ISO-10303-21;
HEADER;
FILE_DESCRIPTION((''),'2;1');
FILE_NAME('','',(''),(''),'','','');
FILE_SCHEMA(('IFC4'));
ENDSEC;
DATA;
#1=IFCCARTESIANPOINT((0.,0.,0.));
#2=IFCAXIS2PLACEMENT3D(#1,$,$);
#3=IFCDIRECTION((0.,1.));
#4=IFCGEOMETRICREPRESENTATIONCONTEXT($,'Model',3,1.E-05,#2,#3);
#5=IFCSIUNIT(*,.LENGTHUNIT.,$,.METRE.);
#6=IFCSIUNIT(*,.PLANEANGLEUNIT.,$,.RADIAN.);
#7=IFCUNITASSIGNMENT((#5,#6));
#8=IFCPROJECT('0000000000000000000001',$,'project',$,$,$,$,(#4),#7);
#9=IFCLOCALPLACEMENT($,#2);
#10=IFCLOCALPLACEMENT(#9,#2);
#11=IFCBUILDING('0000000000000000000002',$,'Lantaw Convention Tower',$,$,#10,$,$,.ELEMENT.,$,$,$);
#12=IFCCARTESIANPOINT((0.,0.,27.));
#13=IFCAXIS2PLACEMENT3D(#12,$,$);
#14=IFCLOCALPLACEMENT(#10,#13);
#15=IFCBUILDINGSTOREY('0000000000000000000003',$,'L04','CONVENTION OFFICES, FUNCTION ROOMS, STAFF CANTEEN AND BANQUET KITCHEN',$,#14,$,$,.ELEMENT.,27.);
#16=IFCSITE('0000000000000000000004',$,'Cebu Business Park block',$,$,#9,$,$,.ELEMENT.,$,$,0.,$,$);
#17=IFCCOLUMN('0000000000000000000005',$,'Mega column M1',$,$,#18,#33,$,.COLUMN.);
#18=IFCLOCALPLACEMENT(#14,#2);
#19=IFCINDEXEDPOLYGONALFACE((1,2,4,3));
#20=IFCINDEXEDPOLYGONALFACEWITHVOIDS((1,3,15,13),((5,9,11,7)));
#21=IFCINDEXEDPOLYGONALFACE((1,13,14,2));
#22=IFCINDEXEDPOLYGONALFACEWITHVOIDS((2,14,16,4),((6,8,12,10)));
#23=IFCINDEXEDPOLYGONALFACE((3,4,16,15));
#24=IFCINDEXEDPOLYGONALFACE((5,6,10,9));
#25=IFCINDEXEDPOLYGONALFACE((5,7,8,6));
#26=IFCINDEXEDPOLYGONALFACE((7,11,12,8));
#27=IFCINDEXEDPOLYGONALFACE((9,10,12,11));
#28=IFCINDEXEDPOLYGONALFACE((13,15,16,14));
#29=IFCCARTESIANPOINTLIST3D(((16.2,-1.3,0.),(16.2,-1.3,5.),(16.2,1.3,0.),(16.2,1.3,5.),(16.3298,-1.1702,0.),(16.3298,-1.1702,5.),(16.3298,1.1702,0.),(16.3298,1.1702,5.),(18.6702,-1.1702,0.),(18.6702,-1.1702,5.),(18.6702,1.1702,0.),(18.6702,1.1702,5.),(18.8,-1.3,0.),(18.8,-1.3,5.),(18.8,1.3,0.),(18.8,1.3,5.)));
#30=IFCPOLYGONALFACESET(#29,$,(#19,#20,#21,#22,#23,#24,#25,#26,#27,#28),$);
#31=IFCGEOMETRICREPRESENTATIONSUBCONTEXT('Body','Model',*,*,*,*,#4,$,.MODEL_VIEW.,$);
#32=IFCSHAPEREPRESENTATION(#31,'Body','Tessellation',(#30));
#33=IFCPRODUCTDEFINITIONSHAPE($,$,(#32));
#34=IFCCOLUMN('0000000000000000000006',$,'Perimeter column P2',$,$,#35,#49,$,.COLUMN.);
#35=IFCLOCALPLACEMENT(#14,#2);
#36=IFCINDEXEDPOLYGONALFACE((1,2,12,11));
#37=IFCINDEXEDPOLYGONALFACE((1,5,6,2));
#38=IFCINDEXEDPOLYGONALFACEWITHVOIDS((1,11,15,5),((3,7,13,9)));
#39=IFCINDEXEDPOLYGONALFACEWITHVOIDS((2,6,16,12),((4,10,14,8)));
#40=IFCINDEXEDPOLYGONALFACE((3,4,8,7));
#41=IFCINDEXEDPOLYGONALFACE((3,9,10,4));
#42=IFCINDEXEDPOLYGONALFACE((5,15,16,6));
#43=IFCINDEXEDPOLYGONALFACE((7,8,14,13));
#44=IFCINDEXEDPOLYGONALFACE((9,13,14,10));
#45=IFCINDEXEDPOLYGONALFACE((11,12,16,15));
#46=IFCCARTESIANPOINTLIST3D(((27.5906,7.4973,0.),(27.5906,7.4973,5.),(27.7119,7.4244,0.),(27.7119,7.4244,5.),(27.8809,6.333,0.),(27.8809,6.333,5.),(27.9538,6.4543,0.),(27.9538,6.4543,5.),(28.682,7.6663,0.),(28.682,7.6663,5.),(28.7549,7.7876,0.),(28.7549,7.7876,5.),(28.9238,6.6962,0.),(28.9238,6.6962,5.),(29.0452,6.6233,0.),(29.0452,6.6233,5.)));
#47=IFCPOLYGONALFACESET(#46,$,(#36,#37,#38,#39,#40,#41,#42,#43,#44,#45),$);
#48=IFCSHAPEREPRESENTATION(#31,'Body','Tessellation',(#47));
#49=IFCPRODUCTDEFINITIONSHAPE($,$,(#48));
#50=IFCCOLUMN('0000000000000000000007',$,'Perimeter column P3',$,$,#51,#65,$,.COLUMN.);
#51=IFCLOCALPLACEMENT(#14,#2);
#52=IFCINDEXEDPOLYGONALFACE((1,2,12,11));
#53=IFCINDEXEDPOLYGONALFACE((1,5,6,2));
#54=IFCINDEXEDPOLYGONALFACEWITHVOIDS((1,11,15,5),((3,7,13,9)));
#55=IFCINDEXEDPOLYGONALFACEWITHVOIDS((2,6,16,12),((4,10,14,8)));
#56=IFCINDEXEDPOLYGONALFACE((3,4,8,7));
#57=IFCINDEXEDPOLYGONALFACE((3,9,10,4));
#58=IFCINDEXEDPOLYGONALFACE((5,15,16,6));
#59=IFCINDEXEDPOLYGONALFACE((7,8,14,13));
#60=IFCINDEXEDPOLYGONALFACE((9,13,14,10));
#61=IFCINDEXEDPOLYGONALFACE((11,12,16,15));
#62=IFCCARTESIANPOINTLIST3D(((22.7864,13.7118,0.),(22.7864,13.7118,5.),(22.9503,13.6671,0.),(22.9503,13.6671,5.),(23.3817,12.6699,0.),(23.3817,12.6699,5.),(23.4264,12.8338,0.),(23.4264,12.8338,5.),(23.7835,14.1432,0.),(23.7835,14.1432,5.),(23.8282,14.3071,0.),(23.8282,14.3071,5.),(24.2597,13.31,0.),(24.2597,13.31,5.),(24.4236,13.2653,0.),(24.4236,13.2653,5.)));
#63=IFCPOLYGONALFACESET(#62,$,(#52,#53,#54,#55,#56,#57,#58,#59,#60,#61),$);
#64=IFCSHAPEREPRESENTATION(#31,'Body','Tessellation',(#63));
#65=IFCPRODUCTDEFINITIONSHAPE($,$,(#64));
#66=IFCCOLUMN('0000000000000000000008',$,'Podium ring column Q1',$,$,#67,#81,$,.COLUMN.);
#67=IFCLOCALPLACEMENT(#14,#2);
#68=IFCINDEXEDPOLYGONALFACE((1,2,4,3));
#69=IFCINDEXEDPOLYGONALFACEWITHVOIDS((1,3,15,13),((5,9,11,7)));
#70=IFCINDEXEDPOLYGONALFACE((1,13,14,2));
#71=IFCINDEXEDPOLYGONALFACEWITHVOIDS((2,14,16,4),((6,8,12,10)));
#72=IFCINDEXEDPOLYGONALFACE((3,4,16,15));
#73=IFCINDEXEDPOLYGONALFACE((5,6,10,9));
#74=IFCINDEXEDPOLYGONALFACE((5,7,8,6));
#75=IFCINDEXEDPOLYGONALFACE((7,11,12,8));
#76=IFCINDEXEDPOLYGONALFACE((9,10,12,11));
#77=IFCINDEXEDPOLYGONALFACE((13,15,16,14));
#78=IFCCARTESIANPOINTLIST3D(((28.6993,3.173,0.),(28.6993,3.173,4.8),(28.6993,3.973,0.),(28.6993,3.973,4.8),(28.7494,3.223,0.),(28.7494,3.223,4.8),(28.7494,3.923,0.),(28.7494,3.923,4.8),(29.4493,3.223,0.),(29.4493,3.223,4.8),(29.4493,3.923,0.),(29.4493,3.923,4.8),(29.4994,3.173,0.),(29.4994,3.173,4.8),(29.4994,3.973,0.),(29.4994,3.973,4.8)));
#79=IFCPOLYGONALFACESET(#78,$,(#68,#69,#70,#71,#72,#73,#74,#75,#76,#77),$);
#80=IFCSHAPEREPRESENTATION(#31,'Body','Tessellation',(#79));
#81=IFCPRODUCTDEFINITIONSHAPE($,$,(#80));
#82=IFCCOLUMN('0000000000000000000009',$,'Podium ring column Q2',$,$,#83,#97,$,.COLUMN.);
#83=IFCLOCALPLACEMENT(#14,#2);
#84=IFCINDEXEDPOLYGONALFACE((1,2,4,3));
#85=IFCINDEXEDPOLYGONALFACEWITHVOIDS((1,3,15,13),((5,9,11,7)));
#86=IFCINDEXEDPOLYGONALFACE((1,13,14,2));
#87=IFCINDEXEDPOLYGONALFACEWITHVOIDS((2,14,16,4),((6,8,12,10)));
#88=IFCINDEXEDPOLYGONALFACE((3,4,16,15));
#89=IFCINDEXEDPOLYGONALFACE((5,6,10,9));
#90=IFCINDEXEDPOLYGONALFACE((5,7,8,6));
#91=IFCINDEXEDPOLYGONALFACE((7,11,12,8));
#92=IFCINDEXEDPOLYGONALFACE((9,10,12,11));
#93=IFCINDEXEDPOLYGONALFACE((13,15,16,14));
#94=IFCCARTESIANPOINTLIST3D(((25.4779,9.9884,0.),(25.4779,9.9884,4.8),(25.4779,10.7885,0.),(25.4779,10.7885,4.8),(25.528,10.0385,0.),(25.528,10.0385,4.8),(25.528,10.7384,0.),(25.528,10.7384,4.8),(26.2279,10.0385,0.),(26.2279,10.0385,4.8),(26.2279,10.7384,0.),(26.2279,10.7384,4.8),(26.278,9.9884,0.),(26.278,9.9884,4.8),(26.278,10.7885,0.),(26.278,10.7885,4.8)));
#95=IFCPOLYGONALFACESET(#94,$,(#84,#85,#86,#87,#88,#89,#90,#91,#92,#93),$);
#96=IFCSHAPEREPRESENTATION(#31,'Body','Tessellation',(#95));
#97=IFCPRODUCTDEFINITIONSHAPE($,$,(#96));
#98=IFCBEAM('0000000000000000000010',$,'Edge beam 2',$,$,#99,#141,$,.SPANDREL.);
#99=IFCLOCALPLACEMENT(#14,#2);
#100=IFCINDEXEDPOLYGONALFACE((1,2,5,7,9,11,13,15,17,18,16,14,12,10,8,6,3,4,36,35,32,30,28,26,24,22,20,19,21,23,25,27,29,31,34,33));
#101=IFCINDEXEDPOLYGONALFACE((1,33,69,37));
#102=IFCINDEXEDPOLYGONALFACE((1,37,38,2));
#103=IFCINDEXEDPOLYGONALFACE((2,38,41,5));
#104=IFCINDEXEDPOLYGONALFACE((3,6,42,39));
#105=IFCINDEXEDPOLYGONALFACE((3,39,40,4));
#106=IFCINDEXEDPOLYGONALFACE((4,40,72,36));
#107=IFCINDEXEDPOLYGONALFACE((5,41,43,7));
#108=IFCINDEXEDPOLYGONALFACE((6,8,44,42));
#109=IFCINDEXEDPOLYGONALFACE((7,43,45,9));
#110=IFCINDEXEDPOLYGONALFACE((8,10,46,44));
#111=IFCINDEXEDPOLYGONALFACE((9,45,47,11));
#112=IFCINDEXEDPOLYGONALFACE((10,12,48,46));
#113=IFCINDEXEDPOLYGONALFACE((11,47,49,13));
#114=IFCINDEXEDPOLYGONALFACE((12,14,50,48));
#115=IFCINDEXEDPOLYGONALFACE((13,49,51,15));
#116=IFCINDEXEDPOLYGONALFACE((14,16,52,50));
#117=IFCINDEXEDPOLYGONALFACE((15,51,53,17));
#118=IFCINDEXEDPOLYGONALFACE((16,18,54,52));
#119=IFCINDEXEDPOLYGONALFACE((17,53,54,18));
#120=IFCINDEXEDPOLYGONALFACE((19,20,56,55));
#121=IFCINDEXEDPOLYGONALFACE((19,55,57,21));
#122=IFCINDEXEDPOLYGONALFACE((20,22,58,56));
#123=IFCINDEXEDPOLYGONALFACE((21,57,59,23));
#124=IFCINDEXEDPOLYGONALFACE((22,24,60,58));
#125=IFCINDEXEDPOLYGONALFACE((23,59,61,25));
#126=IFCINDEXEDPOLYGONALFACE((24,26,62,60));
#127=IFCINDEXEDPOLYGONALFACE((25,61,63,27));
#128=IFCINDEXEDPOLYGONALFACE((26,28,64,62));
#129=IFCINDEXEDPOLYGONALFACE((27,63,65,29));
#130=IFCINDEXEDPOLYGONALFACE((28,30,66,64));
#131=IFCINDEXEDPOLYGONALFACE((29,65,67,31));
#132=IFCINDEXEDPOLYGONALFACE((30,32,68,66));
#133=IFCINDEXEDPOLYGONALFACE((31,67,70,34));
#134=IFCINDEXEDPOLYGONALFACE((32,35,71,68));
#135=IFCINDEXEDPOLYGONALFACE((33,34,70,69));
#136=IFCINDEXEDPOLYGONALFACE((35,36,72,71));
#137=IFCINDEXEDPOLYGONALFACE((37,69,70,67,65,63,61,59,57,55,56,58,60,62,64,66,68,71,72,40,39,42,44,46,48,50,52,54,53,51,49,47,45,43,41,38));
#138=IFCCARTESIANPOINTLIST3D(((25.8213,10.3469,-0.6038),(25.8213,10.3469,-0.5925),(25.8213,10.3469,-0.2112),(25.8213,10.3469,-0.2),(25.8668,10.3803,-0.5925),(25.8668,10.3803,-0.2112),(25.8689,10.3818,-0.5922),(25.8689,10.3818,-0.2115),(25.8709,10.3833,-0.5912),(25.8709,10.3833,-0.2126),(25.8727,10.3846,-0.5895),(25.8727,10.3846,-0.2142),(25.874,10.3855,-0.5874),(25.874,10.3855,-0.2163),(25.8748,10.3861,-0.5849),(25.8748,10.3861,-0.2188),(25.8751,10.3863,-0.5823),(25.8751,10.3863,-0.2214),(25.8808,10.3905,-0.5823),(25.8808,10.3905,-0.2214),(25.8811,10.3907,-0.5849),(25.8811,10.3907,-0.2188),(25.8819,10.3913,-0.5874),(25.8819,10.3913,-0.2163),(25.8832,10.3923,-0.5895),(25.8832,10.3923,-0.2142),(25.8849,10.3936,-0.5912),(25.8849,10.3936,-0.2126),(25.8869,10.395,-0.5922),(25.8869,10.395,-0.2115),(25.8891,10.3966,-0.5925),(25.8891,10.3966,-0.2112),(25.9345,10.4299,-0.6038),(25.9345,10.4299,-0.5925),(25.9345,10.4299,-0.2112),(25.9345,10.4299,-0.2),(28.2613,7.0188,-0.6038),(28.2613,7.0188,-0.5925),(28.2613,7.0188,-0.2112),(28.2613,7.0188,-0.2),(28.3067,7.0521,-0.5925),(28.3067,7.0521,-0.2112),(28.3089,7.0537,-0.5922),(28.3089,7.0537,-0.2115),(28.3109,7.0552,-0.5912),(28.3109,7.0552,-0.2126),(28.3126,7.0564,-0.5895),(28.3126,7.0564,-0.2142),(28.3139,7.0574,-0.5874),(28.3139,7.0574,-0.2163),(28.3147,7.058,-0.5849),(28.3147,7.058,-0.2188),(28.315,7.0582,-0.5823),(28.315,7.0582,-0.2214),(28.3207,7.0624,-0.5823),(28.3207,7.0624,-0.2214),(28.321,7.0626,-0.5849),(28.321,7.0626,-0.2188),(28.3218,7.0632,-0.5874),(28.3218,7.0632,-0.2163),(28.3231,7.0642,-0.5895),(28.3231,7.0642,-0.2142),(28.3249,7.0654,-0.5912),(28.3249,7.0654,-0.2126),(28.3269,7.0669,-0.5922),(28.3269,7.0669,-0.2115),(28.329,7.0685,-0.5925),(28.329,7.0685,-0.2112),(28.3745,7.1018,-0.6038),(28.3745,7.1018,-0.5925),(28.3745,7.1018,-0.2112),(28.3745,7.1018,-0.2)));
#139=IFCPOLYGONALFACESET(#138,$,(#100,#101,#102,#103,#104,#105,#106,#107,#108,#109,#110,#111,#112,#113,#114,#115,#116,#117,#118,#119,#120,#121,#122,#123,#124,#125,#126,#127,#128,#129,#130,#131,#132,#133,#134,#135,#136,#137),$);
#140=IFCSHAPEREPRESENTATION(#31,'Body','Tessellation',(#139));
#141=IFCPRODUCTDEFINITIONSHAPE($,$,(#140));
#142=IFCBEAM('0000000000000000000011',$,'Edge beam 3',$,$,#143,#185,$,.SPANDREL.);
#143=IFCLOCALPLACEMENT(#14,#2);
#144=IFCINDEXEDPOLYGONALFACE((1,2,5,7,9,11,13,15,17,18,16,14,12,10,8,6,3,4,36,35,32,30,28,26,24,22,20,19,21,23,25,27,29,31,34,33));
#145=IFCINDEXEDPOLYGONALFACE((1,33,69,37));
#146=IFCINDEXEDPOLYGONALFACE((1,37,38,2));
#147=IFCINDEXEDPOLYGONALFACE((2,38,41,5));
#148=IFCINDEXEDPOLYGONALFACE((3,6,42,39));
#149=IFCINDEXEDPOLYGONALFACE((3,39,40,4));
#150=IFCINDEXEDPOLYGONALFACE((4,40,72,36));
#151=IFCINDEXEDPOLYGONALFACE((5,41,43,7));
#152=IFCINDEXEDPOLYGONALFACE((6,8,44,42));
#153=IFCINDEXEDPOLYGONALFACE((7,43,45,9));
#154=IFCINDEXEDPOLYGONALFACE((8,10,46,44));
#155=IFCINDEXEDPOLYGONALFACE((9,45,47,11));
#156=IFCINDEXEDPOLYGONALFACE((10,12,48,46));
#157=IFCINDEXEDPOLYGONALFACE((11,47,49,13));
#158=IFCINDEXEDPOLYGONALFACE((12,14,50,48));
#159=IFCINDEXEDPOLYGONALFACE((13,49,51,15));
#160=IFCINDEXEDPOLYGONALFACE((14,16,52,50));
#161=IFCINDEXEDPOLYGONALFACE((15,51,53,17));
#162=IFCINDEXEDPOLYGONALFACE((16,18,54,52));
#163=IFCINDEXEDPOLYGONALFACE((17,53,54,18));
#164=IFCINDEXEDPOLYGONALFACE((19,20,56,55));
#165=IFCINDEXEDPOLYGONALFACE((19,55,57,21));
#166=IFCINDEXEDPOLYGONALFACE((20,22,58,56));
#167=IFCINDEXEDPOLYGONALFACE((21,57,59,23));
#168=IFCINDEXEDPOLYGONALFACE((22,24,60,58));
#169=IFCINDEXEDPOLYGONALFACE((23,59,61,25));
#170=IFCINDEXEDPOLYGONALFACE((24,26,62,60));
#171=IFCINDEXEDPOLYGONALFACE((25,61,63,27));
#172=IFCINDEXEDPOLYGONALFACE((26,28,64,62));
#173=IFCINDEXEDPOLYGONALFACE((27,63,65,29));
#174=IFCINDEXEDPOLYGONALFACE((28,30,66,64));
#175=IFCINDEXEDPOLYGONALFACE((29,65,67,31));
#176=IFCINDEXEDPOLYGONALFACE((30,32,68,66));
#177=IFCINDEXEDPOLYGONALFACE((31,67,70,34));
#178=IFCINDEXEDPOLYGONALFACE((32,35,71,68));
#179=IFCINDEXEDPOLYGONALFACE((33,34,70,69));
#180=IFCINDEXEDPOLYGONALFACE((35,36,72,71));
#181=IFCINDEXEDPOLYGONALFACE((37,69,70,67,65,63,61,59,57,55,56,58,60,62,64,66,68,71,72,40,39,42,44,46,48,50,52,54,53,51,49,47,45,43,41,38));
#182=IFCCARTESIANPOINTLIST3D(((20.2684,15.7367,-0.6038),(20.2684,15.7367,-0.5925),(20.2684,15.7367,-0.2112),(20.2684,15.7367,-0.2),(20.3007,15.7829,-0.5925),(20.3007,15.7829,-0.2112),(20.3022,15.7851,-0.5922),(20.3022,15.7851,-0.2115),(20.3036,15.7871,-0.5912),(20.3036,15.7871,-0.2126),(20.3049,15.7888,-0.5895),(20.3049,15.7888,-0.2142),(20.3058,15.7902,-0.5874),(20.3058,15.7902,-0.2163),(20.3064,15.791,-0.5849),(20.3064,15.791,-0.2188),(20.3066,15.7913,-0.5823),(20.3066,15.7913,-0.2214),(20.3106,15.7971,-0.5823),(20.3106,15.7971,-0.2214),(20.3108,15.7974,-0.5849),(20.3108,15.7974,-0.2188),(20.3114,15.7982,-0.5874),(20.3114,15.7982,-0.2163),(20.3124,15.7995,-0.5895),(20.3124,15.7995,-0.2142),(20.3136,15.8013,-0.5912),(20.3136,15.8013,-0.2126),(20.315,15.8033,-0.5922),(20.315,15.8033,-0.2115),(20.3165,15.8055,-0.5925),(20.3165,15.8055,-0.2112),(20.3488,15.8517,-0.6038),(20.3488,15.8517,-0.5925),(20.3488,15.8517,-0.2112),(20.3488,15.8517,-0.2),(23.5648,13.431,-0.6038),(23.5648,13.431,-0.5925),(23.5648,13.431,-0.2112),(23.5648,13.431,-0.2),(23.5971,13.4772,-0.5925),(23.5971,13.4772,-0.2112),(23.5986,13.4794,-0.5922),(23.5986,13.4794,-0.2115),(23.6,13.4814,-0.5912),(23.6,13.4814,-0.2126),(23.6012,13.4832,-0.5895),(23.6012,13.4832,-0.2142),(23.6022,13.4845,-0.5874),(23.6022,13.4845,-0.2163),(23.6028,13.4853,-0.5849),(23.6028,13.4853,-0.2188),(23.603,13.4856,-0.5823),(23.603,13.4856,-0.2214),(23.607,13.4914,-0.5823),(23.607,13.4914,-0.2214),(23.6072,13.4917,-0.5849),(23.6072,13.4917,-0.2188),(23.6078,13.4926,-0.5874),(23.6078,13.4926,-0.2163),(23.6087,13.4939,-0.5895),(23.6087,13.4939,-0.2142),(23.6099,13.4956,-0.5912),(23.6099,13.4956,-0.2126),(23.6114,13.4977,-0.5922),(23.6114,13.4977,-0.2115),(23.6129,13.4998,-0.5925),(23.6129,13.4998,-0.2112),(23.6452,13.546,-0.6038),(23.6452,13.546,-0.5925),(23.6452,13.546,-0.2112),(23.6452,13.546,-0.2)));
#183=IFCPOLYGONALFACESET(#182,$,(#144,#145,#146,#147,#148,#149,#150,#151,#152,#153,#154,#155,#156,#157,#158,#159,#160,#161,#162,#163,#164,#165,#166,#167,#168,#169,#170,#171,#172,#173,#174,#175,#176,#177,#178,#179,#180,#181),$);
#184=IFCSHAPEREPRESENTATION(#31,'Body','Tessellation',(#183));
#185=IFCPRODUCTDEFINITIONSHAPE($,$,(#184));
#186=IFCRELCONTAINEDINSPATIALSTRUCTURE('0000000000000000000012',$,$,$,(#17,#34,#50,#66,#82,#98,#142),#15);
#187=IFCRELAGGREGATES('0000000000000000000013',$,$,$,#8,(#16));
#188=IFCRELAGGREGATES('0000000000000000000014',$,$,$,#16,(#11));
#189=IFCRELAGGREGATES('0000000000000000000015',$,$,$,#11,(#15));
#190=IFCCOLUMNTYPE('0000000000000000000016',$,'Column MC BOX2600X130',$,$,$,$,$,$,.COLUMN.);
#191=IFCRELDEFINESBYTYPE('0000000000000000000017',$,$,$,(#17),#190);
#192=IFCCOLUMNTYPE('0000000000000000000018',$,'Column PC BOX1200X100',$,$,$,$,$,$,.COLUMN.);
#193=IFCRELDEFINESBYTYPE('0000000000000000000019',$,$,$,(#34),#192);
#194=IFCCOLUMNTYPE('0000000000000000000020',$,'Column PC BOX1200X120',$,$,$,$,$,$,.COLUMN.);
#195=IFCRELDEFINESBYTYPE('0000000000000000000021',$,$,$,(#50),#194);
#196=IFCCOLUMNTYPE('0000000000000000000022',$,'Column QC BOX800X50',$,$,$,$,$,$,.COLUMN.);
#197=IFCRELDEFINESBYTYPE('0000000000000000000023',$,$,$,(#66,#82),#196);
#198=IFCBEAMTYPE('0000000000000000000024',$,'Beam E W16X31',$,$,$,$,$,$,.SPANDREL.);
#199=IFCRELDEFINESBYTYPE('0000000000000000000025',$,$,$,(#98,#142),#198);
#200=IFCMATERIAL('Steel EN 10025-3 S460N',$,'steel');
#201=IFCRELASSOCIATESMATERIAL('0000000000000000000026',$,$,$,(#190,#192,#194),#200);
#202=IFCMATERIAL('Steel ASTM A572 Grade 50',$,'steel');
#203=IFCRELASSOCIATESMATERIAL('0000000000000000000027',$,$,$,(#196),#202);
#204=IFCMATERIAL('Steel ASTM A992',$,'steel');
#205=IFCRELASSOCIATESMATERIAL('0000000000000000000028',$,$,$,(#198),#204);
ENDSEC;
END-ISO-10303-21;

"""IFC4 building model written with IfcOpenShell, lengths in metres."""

from ifc_helpers import new_model, si_unit, direction, frame, origin, origin_2d, place, context, subcontext, project, spatial, rectangle, hollow_rectangle, i_section, extrude, material, material_profile, profile_set, type_object, element, save


model = new_model("IFC4")

# Units and contexts
model_context = context("Model", 3, precision=1e-05, world=origin(), true_north=direction((0.0, 1.0)))
body_context = subcontext(model_context, "Body", "Model", "MODEL_VIEW")
ifc_project = project(units=[si_unit("LENGTHUNIT", "METRE"), si_unit("PLANEANGLEUNIT", "RADIAN")], contexts=[model_context])

# Site, building, storey
site_placement = place(None, origin())
site = spatial("IfcSite", under=ifc_project, at=site_placement, Name="Cebu Business Park block", CompositionType="ELEMENT", RefElevation=0.0)
building_placement = place(site_placement, origin())
building = spatial("IfcBuilding", under=site, at=building_placement, Name="Lantaw Convention Tower", CompositionType="ELEMENT")
storey_placement = place(building_placement, frame((0.0, 0.0, 27.0)))
storey = spatial("IfcBuildingStorey", under=building, at=storey_placement, Name="L04", Description="CONVENTION OFFICES, FUNCTION ROOMS, STAFF CANTEEN AND BANQUET KITCHEN", CompositionType="ELEMENT", Elevation=27.0)

# Columns
ifc_material_1 = material(Name="Steel EN 10025-3 S460N", Category="steel")
ifc_material_profile_1 = material_profile(ifc_material_1, hollow_rectangle(XDim=2.6001, YDim=2.6001, WallThickness=0.1299, at=origin_2d()), Name="BOX2600X130")
ifc_material_2 = material(Name="Concrete C60/75", Category="concrete")
ifc_material_profile_2 = material_profile(ifc_material_2, rectangle(XDim=2.3401, YDim=2.3401, at=origin_2d()), Name="Concrete fill of BOX2600X130")
ifc_profile_set_1 = profile_set([ifc_material_profile_1, ifc_material_profile_2], Name="Steel EN 10025-3 S460N")
column_type_1 = type_object("IfcColumnType", Name="Column MC BOX2600X130", PredefinedType="COLUMN", material=ifc_profile_set_1)
column_1_placement = place(storey_placement, frame((17.5, 0.0, 0.0), z_axis=(0.0, 0.0, 1.0), x_axis=(1.0, 0.0, 0.0)))
element("IfcColumn", 1, at=column_1_placement, inside=storey, type_object=column_type_1, Name="Mega column M1", PredefinedType="COLUMN", context=body_context, shape_type="SweptSolid", body=[
    extrude(hollow_rectangle(XDim=2.6001, YDim=2.6001, WallThickness=0.1299, at=origin_2d()), origin(), (0.0, 0.0, 1.0), 5.0),
])
ifc_material_profile_3 = material_profile(ifc_material_1, hollow_rectangle(XDim=1.2, YDim=1.2, WallThickness=0.1001, at=origin_2d()), Name="BOX1200X100")
ifc_material_profile_4 = material_profile(ifc_material_2, rectangle(XDim=1.0, YDim=1.0, at=origin_2d()), Name="Concrete fill of BOX1200X100")
ifc_profile_set_2 = profile_set([ifc_material_profile_3, ifc_material_profile_4], Name="Steel EN 10025-3 S460N")
column_type_2 = type_object("IfcColumnType", Name="Column PC BOX1200X100", PredefinedType="COLUMN", material=ifc_profile_set_2)
column_2_placement = place(storey_placement, frame((28.3179, 7.0603, 0.0), z_axis=(0.0, 0.0, 1.0), x_axis=(0.970296, 0.241922, 0.0)))
element("IfcColumn", 2, at=column_2_placement, inside=storey, type_object=column_type_2, Name="Perimeter column P2", PredefinedType="COLUMN", context=body_context, shape_type="SweptSolid", body=[
    extrude(hollow_rectangle(XDim=1.2, YDim=1.2, WallThickness=0.1001, at=origin_2d()), origin(), (0.0, 0.0, 1.0), 5.0),
])
ifc_material_profile_5 = material_profile(ifc_material_1, hollow_rectangle(XDim=1.2, YDim=1.2, WallThickness=0.1201, at=origin_2d()), Name="BOX1200X120")
ifc_material_profile_6 = material_profile(ifc_material_2, rectangle(XDim=0.96, YDim=0.96, at=origin_2d()), Name="Concrete fill of BOX1200X120")
ifc_profile_set_3 = profile_set([ifc_material_profile_5, ifc_material_profile_6], Name="Steel EN 10025-3 S460N")
column_type_3 = type_object("IfcColumnType", Name="Column PC BOX1200X120", PredefinedType="COLUMN", material=ifc_profile_set_3)
column_3_placement = place(storey_placement, frame((23.605, 13.4885, 0.0), z_axis=(0.0, 0.0, 1.0), x_axis=(0.868243, 0.496139, 0.0)))
element("IfcColumn", 3, at=column_3_placement, inside=storey, type_object=column_type_3, Name="Perimeter column P3", PredefinedType="COLUMN", context=body_context, shape_type="SweptSolid", body=[
    extrude(hollow_rectangle(XDim=1.2, YDim=1.2, WallThickness=0.1201, at=origin_2d()), origin(), (0.0, 0.0, 1.0), 5.0),
])
ifc_material_3 = material(Name="Steel ASTM A572 Grade 50", Category="steel")
ifc_material_profile_7 = material_profile(ifc_material_3, hollow_rectangle(XDim=0.8, YDim=0.8, WallThickness=0.05, at=origin_2d()), Name="BOX800X50")
ifc_profile_set_4 = profile_set([ifc_material_profile_7], Name="Steel ASTM A572 Grade 50")
column_type_4 = type_object("IfcColumnType", Name="Column QC BOX800X50", PredefinedType="COLUMN", material=ifc_profile_set_4)
for number, where, z_axis, x_axis, name in (
    (4, (29.0994, 3.573, 0.0), (0.0, 0.0, 1.0), (1.0, 0.0, 0.0), "Podium ring column Q1"),
    (5, (25.8779, 10.3884, 0.0), (0.0, 0.0, 1.0), (1.0, 0.0, 0.0), "Podium ring column Q2"),
):
    element("IfcColumn", number, at=place(storey_placement, frame(where, z_axis=z_axis, x_axis=x_axis)), inside=storey, type_object=column_type_4, Name=name, PredefinedType="COLUMN", context=body_context, shape_type="SweptSolid", body=[
        extrude(hollow_rectangle(XDim=0.8, YDim=0.8, WallThickness=0.05, at=origin_2d()), origin(), (0.0, 0.0, 1.0), 4.8),
    ])

# Beams
ifc_material_4 = material(Name="Steel ASTM A992", Category="steel")
ifc_material_profile_8 = material_profile(ifc_material_4, i_section(OverallWidth=0.1404, OverallDepth=0.4038, WebThickness=0.0071, FlangeThickness=0.0112, FilletRadius=0.0103, at=origin_2d()), Name="W16X31")
ifc_profile_set_5 = profile_set([ifc_material_profile_8], Name="Steel ASTM A992")
beam_type_1 = type_object("IfcBeamType", Name="Beam E W16X31", PredefinedType="SPANDREL", material=ifc_profile_set_5)
beam_1_placement = place(storey_placement, frame((28.3179, 7.0603, -0.4019), z_axis=(-0.591256, 0.806484, 0.0), x_axis=(-0.806484, -0.591256, 0.0)))
element("IfcBeam", 6, at=beam_1_placement, inside=storey, type_object=beam_type_1, Name="Edge beam 2", PredefinedType="SPANDREL", context=body_context, shape_type="SweptSolid", body=[
    extrude(i_section(OverallWidth=0.1404, OverallDepth=0.4038, WebThickness=0.0071, FlangeThickness=0.0112, FilletRadius=0.0103, at=origin_2d()), origin(), (0.0, 0.0, 1.0), 4.1267),
])
beam_2_placement = place(storey_placement, frame((23.605, 13.4885, -0.4019), z_axis=(-0.819443, 0.573161, 0.0), x_axis=(-0.573161, -0.819443, 0.0)))
element("IfcBeam", 7, at=beam_2_placement, inside=storey, type_object=beam_type_1, Name="Edge beam 3", PredefinedType="SPANDREL", context=body_context, shape_type="SweptSolid", body=[
    extrude(i_section(OverallWidth=0.1404, OverallDepth=0.4038, WebThickness=0.0071, FlangeThickness=0.0112, FilletRadius=0.0103, at=origin_2d()), origin(), (0.0, 0.0, 1.0), 4.0227),
])

save(model, "model.ifc")
